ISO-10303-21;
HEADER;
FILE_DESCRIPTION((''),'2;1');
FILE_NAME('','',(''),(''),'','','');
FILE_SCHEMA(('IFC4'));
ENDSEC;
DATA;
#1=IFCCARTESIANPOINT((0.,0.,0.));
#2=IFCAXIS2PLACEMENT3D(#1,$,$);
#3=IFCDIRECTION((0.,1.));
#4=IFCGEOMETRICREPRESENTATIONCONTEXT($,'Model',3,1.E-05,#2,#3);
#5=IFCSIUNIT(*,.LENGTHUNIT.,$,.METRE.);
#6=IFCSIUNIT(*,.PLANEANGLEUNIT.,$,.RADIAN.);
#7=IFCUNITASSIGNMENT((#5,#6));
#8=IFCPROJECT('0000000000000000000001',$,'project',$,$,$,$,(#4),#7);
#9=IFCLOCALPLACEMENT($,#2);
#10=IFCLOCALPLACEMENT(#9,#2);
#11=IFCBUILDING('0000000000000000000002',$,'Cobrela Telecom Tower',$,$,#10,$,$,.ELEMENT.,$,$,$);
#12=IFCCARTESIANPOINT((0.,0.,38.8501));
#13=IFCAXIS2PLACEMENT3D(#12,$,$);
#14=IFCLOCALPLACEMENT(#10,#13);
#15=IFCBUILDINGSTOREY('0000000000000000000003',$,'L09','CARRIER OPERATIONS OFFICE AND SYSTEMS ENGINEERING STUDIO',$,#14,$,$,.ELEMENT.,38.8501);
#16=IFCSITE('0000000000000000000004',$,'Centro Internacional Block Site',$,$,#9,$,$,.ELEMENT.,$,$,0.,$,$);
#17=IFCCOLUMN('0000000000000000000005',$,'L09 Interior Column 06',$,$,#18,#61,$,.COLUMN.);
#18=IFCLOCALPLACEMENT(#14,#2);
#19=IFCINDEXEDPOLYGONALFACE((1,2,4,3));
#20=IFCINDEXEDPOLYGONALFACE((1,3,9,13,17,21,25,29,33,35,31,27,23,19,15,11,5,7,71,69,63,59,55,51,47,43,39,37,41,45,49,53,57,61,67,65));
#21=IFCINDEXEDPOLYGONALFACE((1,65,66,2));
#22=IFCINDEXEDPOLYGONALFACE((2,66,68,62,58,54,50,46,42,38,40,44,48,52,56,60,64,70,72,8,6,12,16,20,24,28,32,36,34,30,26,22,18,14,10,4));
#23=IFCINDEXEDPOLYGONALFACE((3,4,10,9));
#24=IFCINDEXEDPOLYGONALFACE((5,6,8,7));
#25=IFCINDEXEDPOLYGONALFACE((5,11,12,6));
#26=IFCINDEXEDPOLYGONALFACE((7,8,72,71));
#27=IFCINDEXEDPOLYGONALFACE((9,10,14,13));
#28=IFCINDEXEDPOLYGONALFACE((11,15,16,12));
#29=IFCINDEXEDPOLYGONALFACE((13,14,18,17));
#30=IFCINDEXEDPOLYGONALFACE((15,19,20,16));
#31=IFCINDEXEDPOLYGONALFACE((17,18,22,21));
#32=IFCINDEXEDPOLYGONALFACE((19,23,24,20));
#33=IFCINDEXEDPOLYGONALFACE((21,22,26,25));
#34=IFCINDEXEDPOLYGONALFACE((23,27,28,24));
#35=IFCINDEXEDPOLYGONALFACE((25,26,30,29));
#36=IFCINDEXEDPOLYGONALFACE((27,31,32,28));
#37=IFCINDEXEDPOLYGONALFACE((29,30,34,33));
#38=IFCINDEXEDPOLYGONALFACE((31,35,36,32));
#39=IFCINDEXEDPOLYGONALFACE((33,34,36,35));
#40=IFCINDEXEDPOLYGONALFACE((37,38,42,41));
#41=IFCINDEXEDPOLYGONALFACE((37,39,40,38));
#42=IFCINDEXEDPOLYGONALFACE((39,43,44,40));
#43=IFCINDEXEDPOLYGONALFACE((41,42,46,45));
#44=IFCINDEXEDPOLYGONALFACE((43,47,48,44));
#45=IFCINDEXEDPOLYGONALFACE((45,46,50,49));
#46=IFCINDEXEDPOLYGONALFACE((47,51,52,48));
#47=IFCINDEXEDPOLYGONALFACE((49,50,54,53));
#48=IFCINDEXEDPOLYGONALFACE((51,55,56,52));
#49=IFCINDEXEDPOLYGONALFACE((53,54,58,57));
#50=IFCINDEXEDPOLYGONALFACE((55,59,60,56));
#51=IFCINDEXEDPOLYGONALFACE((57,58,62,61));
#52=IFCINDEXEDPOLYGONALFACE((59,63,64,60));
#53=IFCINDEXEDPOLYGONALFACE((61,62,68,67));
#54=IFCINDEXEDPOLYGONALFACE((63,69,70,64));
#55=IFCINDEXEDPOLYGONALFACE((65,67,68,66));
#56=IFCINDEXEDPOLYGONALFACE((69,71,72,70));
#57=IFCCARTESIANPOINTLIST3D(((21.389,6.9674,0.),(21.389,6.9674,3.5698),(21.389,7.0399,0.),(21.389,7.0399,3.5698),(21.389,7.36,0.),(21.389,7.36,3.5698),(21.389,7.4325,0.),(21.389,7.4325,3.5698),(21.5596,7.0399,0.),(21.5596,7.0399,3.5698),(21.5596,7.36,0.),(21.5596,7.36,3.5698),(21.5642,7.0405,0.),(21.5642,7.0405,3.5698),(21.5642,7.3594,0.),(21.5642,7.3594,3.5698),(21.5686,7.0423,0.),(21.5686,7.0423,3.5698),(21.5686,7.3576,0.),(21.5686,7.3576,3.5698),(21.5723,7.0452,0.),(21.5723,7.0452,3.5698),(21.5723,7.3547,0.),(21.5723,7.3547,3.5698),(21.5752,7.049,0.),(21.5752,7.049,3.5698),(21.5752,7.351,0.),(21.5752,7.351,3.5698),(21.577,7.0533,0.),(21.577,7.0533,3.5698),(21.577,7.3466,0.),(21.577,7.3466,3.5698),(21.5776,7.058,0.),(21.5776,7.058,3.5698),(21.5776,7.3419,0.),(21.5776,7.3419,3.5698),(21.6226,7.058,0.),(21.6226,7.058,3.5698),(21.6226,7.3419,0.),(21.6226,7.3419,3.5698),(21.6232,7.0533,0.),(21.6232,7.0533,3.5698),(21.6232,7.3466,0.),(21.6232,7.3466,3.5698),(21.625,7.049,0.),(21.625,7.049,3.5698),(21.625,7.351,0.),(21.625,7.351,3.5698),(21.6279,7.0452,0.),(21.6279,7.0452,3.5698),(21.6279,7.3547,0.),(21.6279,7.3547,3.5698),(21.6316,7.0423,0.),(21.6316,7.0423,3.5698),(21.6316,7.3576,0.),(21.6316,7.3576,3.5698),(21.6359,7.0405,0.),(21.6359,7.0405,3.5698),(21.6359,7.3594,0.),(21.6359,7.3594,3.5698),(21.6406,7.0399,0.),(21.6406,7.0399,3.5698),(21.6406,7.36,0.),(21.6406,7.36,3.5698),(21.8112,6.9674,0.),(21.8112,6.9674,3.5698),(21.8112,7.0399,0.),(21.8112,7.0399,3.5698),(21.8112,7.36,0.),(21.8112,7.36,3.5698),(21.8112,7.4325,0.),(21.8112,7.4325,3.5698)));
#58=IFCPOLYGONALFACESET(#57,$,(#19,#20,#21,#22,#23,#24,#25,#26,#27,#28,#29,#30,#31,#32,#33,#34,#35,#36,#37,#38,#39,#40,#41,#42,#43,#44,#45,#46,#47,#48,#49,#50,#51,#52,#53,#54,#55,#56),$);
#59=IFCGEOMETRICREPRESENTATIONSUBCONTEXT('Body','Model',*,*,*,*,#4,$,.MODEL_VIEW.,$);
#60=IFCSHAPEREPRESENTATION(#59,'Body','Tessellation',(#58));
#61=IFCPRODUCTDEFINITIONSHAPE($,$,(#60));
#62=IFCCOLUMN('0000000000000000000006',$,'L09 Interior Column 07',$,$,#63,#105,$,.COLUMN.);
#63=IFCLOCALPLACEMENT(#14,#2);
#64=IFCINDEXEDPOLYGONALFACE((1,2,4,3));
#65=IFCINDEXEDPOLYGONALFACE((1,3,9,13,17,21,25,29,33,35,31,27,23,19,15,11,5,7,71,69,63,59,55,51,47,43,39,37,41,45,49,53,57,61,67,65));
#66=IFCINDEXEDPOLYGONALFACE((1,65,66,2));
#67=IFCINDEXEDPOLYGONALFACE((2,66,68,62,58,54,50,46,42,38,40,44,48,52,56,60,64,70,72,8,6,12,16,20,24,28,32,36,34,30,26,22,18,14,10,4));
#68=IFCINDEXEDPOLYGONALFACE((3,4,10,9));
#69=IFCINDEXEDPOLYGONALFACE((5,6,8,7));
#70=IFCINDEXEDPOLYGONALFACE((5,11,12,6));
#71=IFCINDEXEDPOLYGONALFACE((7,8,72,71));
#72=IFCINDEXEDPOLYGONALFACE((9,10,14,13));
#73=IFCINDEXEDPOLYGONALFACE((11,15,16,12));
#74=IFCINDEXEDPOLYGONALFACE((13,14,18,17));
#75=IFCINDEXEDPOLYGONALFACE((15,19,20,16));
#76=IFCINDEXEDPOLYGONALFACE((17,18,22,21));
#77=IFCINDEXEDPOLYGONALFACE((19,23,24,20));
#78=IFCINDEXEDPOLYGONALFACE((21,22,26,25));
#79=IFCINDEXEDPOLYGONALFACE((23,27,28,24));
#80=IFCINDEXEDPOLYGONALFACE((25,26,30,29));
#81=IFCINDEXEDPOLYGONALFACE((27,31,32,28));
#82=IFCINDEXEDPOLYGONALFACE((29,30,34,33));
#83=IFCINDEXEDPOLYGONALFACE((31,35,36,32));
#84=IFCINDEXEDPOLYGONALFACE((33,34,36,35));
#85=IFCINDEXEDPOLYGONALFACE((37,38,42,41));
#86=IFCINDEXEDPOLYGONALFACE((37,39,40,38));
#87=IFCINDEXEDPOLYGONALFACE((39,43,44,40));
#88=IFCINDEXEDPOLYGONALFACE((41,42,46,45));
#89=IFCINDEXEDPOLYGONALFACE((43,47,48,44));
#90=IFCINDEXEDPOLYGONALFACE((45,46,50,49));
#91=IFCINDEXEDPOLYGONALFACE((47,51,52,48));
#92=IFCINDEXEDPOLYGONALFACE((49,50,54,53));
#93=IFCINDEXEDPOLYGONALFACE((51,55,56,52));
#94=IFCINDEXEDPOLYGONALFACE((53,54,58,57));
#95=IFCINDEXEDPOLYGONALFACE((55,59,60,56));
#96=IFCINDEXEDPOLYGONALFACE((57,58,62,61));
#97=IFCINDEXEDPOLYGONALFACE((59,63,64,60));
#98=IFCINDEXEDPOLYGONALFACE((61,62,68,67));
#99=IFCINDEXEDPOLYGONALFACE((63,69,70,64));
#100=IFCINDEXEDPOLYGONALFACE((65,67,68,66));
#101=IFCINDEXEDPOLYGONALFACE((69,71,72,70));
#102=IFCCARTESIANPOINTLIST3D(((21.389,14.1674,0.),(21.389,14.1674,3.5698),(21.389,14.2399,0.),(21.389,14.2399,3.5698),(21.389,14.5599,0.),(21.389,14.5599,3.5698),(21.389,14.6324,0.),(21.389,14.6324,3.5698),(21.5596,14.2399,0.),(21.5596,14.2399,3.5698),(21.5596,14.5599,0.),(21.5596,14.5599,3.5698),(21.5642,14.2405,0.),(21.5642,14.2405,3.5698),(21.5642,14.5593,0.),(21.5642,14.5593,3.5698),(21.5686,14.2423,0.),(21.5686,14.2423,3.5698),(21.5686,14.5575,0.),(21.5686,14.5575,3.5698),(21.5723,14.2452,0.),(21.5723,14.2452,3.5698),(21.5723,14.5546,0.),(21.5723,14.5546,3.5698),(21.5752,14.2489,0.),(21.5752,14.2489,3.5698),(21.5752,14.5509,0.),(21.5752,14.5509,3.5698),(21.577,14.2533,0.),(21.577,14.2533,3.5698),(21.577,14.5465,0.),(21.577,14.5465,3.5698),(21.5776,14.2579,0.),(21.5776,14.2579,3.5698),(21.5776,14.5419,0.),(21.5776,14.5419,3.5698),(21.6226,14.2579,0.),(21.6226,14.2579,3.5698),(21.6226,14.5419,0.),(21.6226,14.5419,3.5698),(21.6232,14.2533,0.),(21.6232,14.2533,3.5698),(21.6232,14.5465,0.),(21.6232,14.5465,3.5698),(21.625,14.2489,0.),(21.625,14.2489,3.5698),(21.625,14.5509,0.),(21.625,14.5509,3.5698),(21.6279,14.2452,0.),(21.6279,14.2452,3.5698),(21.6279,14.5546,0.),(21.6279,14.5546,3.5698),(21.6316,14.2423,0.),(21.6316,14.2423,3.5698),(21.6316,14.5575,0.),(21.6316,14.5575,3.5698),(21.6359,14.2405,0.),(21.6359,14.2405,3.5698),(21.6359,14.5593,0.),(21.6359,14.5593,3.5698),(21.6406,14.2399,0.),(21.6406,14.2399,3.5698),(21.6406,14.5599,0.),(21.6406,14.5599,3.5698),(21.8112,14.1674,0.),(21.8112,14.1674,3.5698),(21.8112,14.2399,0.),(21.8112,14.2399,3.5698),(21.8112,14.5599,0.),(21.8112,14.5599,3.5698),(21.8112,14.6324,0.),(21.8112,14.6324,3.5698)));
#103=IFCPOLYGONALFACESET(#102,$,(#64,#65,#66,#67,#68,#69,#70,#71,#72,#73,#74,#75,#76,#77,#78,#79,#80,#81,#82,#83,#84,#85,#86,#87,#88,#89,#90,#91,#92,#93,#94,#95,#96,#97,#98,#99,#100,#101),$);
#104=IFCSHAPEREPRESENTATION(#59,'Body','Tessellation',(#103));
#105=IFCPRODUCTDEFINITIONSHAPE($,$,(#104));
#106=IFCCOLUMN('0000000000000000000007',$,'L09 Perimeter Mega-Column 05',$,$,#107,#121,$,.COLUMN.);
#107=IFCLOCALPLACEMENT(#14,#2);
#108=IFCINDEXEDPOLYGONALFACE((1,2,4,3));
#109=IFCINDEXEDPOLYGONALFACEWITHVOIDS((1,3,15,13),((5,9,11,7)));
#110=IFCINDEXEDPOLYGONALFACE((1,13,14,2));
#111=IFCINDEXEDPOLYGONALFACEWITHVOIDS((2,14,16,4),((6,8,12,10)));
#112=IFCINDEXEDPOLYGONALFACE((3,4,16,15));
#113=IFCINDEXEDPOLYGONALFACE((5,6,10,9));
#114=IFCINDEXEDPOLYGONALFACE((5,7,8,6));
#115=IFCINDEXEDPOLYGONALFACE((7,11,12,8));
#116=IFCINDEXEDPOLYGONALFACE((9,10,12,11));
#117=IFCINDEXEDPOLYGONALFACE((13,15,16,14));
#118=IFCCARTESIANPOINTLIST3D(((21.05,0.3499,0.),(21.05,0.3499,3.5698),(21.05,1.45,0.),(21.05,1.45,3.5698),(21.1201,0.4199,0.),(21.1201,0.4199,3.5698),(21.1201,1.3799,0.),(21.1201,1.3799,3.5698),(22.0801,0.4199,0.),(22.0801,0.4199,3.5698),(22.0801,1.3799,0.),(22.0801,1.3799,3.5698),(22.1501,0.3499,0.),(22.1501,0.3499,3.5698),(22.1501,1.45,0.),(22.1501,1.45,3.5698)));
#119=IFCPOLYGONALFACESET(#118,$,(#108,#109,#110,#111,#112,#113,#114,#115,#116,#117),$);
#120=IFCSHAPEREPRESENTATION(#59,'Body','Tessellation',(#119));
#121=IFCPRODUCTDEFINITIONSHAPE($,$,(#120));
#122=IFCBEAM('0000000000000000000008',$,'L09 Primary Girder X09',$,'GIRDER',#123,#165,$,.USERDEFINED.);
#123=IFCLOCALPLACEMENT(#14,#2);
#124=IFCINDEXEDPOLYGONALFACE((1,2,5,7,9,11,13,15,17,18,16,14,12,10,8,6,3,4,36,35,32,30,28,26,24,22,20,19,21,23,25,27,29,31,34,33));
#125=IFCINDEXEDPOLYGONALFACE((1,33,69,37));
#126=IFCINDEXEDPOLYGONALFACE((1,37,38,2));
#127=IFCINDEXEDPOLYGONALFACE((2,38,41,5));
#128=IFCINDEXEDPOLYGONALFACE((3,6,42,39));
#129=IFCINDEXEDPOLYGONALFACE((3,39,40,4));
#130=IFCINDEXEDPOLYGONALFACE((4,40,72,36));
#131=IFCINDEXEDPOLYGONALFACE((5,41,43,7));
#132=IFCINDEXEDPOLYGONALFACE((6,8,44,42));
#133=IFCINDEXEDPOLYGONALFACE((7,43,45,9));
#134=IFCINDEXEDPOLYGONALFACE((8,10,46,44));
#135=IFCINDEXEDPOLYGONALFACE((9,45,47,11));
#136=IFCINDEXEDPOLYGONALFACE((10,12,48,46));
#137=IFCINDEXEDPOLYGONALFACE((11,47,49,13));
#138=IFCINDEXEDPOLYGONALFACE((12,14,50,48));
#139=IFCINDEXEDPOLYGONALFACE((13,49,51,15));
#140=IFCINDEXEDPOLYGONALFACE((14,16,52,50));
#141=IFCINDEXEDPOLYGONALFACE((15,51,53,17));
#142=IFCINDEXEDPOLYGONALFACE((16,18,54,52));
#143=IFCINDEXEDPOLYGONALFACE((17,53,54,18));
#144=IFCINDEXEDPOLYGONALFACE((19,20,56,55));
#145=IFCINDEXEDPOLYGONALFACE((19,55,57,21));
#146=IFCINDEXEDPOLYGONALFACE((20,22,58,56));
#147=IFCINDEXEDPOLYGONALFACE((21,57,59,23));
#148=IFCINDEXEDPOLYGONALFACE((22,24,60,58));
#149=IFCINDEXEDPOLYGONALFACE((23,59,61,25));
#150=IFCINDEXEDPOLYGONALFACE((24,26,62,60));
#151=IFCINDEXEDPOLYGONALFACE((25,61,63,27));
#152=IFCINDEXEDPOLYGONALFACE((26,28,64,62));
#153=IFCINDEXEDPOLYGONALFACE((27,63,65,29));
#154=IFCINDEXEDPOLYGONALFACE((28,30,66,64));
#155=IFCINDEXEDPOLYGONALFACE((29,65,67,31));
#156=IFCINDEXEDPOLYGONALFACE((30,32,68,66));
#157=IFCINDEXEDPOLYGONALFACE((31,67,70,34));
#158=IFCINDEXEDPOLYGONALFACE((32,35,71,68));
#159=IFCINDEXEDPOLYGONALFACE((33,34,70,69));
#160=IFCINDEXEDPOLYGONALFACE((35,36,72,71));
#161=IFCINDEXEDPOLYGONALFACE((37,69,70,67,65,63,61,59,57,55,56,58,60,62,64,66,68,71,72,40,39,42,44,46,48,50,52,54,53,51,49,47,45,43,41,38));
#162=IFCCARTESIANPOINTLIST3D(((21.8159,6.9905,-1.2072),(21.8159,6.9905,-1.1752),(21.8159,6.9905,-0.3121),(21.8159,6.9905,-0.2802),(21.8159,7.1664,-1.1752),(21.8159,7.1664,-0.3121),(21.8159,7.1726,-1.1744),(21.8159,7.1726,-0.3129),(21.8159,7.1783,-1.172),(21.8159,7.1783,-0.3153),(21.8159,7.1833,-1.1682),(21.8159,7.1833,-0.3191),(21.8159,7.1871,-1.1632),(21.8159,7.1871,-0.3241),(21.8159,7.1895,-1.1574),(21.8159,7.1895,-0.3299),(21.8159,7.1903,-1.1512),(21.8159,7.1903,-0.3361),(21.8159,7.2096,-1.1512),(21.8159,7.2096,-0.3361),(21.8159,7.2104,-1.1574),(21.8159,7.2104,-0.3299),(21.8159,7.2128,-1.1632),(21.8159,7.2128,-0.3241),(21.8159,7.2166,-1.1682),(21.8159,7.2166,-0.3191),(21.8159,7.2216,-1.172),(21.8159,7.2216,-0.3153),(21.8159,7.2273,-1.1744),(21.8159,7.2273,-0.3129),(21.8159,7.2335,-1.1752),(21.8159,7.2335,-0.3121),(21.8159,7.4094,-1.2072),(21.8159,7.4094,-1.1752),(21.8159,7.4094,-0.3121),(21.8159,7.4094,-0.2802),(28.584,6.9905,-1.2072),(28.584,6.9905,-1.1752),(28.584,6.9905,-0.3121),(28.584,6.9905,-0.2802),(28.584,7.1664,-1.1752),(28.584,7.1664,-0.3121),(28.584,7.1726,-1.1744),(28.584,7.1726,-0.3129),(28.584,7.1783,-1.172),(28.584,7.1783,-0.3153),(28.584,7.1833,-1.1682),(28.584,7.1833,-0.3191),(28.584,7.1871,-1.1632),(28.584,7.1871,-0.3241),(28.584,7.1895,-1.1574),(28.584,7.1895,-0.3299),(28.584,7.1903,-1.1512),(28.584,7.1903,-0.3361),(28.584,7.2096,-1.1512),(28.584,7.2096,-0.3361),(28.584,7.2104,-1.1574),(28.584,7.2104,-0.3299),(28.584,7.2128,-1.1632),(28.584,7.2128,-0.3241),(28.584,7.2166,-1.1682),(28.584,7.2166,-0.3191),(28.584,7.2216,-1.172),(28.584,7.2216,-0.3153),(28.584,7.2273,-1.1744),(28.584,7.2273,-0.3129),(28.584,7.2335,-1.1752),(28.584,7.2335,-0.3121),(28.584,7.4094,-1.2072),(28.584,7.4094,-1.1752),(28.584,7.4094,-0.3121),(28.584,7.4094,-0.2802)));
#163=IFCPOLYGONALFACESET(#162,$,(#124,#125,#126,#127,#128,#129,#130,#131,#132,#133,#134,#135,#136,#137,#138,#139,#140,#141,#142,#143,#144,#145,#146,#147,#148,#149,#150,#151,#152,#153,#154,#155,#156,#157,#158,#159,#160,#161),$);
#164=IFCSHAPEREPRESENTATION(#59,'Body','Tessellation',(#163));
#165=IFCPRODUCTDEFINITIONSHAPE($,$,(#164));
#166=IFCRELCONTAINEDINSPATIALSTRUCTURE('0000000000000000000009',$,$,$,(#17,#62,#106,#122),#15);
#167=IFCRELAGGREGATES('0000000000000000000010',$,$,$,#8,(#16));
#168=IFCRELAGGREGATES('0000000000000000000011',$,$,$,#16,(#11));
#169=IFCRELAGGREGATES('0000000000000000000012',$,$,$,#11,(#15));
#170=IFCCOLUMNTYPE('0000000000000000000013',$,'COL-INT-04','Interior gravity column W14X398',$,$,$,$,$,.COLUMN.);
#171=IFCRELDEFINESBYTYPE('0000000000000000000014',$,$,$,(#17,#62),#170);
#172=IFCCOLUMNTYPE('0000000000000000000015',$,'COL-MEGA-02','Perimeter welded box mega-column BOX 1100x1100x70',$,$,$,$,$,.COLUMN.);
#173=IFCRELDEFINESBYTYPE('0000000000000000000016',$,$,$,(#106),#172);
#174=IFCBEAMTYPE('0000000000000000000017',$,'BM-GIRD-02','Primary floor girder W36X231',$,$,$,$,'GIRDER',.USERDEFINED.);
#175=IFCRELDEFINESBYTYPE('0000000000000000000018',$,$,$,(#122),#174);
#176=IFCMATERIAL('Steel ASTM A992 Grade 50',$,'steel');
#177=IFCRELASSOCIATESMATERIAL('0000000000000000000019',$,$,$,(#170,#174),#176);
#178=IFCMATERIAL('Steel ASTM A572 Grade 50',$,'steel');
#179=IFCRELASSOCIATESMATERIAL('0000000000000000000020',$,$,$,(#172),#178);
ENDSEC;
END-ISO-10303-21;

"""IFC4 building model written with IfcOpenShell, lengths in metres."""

from ifc_helpers import new_model, si_unit, direction, frame, origin, origin_2d, place, context, subcontext, project, spatial, hollow_rectangle, i_section, extrude, material, material_profile, profile_set, type_object, element, save


model = new_model("IFC4")

# Units and contexts
model_context = context("Model", 3, precision=1e-05, world=origin(), true_north=direction((0.0, 1.0)))
body_context = subcontext(model_context, "Body", "Model", "MODEL_VIEW")
ifc_project = project(units=[si_unit("LENGTHUNIT", "METRE"), si_unit("PLANEANGLEUNIT", "RADIAN")], contexts=[model_context])

# Site, building, storey
site_placement = place(None, origin())
site = spatial("IfcSite", under=ifc_project, at=site_placement, Name="Centro Internacional Block Site", CompositionType="ELEMENT", RefElevation=0.0)
building_placement = place(site_placement, origin())
building = spatial("IfcBuilding", under=site, at=building_placement, Name="Cobrela Telecom Tower", CompositionType="ELEMENT")
storey_placement = place(building_placement, frame((0.0, 0.0, 38.8501)))
storey = spatial("IfcBuildingStorey", under=building, at=storey_placement, Name="L09", Description="CARRIER OPERATIONS OFFICE AND SYSTEMS ENGINEERING STUDIO", CompositionType="ELEMENT", Elevation=38.8501)

# Columns
ifc_material_1 = material(Name="Steel ASTM A992 Grade 50", Category="steel")
ifc_material_profile_1 = material_profile(ifc_material_1, i_section(OverallWidth=0.4221, OverallDepth=0.4651, WebThickness=0.0449, FlangeThickness=0.0725, FilletRadius=0.0181, at=origin_2d()), Name="W14X398")
ifc_profile_set_1 = profile_set([ifc_material_profile_1], Name="Steel ASTM A992 Grade 50")
column_type_1 = type_object("IfcColumnType", Name="COL-INT-04", Description="Interior gravity column W14X398", PredefinedType="COLUMN", material=ifc_profile_set_1)
for number, where, z_axis, x_axis, name in (
    (1, (21.6001, 7.2, 0.0), (0.0, 0.0, 1.0), (1.0, 0.0, 0.0), "L09 Interior Column 06"),
    (2, (21.6001, 14.3999, 0.0), (0.0, 0.0, 1.0), (1.0, 0.0, 0.0), "L09 Interior Column 07"),
):
    element("IfcColumn", number, at=place(storey_placement, frame(where, z_axis=z_axis, x_axis=x_axis)), inside=storey, type_object=column_type_1, Name=name, PredefinedType="COLUMN", context=body_context, shape_type="SweptSolid", body=[
        extrude(i_section(OverallWidth=0.4221, OverallDepth=0.4651, WebThickness=0.0449, FlangeThickness=0.0725, FilletRadius=0.0181, at=origin_2d()), origin(), (0.0, 0.0, 1.0), 3.5698),
    ])
ifc_material_2 = material(Name="Steel ASTM A572 Grade 50", Category="steel")
ifc_material_profile_2 = material_profile(ifc_material_2, hollow_rectangle(XDim=1.1001, YDim=1.1001, WallThickness=0.0701, at=origin_2d()), Name="BOX 1100x1100x70")
ifc_profile_set_2 = profile_set([ifc_material_profile_2], Name="Steel ASTM A572 Grade 50")
column_type_2 = type_object("IfcColumnType", Name="COL-MEGA-02", Description="Perimeter welded box mega-column BOX 1100x1100x70", PredefinedType="COLUMN", material=ifc_profile_set_2)
column_placement = place(storey_placement, frame((21.6001, 0.8999, 0.0), z_axis=(0.0, 0.0, 1.0), x_axis=(1.0, 0.0, 0.0)))
element("IfcColumn", 3, at=column_placement, inside=storey, type_object=column_type_2, Name="L09 Perimeter Mega-Column 05", PredefinedType="COLUMN", context=body_context, shape_type="SweptSolid", body=[
    extrude(hollow_rectangle(XDim=1.1001, YDim=1.1001, WallThickness=0.0701, at=origin_2d()), origin(), (0.0, 0.0, 1.0), 3.5698),
])

# Beam
ifc_material_profile_3 = material_profile(ifc_material_1, i_section(OverallWidth=0.4189, OverallDepth=0.927, WebThickness=0.0193, FlangeThickness=0.032, FilletRadius=0.0239, at=origin_2d()), Name="W36X231")
ifc_profile_set_3 = profile_set([ifc_material_profile_3], Name="Steel ASTM A992 Grade 50")
beam_type_1 = type_object("IfcBeamType", Name="BM-GIRD-02", Description="Primary floor girder W36X231", ElementType="GIRDER", PredefinedType="USERDEFINED", material=ifc_profile_set_3)
for number, where, z_axis, x_axis, name in (
    (4, (21.8159, 7.2, -0.7437), (1.0, 0.0, 0.0), (0.0, 1.0, 0.0), "L09 Primary Girder X09"),
):
    element("IfcBeam", number, at=place(storey_placement, frame(where, z_axis=z_axis, x_axis=x_axis)), inside=storey, type_object=beam_type_1, Name=name, ObjectType="GIRDER", PredefinedType="USERDEFINED", context=body_context, shape_type="SweptSolid", body=[
        extrude(i_section(OverallWidth=0.4189, OverallDepth=0.927, WebThickness=0.0193, FlangeThickness=0.032, FilletRadius=0.0239, at=origin_2d()), origin(), (0.0, 0.0, 1.0), 6.7681),
    ])

save(model, "model.ifc")
